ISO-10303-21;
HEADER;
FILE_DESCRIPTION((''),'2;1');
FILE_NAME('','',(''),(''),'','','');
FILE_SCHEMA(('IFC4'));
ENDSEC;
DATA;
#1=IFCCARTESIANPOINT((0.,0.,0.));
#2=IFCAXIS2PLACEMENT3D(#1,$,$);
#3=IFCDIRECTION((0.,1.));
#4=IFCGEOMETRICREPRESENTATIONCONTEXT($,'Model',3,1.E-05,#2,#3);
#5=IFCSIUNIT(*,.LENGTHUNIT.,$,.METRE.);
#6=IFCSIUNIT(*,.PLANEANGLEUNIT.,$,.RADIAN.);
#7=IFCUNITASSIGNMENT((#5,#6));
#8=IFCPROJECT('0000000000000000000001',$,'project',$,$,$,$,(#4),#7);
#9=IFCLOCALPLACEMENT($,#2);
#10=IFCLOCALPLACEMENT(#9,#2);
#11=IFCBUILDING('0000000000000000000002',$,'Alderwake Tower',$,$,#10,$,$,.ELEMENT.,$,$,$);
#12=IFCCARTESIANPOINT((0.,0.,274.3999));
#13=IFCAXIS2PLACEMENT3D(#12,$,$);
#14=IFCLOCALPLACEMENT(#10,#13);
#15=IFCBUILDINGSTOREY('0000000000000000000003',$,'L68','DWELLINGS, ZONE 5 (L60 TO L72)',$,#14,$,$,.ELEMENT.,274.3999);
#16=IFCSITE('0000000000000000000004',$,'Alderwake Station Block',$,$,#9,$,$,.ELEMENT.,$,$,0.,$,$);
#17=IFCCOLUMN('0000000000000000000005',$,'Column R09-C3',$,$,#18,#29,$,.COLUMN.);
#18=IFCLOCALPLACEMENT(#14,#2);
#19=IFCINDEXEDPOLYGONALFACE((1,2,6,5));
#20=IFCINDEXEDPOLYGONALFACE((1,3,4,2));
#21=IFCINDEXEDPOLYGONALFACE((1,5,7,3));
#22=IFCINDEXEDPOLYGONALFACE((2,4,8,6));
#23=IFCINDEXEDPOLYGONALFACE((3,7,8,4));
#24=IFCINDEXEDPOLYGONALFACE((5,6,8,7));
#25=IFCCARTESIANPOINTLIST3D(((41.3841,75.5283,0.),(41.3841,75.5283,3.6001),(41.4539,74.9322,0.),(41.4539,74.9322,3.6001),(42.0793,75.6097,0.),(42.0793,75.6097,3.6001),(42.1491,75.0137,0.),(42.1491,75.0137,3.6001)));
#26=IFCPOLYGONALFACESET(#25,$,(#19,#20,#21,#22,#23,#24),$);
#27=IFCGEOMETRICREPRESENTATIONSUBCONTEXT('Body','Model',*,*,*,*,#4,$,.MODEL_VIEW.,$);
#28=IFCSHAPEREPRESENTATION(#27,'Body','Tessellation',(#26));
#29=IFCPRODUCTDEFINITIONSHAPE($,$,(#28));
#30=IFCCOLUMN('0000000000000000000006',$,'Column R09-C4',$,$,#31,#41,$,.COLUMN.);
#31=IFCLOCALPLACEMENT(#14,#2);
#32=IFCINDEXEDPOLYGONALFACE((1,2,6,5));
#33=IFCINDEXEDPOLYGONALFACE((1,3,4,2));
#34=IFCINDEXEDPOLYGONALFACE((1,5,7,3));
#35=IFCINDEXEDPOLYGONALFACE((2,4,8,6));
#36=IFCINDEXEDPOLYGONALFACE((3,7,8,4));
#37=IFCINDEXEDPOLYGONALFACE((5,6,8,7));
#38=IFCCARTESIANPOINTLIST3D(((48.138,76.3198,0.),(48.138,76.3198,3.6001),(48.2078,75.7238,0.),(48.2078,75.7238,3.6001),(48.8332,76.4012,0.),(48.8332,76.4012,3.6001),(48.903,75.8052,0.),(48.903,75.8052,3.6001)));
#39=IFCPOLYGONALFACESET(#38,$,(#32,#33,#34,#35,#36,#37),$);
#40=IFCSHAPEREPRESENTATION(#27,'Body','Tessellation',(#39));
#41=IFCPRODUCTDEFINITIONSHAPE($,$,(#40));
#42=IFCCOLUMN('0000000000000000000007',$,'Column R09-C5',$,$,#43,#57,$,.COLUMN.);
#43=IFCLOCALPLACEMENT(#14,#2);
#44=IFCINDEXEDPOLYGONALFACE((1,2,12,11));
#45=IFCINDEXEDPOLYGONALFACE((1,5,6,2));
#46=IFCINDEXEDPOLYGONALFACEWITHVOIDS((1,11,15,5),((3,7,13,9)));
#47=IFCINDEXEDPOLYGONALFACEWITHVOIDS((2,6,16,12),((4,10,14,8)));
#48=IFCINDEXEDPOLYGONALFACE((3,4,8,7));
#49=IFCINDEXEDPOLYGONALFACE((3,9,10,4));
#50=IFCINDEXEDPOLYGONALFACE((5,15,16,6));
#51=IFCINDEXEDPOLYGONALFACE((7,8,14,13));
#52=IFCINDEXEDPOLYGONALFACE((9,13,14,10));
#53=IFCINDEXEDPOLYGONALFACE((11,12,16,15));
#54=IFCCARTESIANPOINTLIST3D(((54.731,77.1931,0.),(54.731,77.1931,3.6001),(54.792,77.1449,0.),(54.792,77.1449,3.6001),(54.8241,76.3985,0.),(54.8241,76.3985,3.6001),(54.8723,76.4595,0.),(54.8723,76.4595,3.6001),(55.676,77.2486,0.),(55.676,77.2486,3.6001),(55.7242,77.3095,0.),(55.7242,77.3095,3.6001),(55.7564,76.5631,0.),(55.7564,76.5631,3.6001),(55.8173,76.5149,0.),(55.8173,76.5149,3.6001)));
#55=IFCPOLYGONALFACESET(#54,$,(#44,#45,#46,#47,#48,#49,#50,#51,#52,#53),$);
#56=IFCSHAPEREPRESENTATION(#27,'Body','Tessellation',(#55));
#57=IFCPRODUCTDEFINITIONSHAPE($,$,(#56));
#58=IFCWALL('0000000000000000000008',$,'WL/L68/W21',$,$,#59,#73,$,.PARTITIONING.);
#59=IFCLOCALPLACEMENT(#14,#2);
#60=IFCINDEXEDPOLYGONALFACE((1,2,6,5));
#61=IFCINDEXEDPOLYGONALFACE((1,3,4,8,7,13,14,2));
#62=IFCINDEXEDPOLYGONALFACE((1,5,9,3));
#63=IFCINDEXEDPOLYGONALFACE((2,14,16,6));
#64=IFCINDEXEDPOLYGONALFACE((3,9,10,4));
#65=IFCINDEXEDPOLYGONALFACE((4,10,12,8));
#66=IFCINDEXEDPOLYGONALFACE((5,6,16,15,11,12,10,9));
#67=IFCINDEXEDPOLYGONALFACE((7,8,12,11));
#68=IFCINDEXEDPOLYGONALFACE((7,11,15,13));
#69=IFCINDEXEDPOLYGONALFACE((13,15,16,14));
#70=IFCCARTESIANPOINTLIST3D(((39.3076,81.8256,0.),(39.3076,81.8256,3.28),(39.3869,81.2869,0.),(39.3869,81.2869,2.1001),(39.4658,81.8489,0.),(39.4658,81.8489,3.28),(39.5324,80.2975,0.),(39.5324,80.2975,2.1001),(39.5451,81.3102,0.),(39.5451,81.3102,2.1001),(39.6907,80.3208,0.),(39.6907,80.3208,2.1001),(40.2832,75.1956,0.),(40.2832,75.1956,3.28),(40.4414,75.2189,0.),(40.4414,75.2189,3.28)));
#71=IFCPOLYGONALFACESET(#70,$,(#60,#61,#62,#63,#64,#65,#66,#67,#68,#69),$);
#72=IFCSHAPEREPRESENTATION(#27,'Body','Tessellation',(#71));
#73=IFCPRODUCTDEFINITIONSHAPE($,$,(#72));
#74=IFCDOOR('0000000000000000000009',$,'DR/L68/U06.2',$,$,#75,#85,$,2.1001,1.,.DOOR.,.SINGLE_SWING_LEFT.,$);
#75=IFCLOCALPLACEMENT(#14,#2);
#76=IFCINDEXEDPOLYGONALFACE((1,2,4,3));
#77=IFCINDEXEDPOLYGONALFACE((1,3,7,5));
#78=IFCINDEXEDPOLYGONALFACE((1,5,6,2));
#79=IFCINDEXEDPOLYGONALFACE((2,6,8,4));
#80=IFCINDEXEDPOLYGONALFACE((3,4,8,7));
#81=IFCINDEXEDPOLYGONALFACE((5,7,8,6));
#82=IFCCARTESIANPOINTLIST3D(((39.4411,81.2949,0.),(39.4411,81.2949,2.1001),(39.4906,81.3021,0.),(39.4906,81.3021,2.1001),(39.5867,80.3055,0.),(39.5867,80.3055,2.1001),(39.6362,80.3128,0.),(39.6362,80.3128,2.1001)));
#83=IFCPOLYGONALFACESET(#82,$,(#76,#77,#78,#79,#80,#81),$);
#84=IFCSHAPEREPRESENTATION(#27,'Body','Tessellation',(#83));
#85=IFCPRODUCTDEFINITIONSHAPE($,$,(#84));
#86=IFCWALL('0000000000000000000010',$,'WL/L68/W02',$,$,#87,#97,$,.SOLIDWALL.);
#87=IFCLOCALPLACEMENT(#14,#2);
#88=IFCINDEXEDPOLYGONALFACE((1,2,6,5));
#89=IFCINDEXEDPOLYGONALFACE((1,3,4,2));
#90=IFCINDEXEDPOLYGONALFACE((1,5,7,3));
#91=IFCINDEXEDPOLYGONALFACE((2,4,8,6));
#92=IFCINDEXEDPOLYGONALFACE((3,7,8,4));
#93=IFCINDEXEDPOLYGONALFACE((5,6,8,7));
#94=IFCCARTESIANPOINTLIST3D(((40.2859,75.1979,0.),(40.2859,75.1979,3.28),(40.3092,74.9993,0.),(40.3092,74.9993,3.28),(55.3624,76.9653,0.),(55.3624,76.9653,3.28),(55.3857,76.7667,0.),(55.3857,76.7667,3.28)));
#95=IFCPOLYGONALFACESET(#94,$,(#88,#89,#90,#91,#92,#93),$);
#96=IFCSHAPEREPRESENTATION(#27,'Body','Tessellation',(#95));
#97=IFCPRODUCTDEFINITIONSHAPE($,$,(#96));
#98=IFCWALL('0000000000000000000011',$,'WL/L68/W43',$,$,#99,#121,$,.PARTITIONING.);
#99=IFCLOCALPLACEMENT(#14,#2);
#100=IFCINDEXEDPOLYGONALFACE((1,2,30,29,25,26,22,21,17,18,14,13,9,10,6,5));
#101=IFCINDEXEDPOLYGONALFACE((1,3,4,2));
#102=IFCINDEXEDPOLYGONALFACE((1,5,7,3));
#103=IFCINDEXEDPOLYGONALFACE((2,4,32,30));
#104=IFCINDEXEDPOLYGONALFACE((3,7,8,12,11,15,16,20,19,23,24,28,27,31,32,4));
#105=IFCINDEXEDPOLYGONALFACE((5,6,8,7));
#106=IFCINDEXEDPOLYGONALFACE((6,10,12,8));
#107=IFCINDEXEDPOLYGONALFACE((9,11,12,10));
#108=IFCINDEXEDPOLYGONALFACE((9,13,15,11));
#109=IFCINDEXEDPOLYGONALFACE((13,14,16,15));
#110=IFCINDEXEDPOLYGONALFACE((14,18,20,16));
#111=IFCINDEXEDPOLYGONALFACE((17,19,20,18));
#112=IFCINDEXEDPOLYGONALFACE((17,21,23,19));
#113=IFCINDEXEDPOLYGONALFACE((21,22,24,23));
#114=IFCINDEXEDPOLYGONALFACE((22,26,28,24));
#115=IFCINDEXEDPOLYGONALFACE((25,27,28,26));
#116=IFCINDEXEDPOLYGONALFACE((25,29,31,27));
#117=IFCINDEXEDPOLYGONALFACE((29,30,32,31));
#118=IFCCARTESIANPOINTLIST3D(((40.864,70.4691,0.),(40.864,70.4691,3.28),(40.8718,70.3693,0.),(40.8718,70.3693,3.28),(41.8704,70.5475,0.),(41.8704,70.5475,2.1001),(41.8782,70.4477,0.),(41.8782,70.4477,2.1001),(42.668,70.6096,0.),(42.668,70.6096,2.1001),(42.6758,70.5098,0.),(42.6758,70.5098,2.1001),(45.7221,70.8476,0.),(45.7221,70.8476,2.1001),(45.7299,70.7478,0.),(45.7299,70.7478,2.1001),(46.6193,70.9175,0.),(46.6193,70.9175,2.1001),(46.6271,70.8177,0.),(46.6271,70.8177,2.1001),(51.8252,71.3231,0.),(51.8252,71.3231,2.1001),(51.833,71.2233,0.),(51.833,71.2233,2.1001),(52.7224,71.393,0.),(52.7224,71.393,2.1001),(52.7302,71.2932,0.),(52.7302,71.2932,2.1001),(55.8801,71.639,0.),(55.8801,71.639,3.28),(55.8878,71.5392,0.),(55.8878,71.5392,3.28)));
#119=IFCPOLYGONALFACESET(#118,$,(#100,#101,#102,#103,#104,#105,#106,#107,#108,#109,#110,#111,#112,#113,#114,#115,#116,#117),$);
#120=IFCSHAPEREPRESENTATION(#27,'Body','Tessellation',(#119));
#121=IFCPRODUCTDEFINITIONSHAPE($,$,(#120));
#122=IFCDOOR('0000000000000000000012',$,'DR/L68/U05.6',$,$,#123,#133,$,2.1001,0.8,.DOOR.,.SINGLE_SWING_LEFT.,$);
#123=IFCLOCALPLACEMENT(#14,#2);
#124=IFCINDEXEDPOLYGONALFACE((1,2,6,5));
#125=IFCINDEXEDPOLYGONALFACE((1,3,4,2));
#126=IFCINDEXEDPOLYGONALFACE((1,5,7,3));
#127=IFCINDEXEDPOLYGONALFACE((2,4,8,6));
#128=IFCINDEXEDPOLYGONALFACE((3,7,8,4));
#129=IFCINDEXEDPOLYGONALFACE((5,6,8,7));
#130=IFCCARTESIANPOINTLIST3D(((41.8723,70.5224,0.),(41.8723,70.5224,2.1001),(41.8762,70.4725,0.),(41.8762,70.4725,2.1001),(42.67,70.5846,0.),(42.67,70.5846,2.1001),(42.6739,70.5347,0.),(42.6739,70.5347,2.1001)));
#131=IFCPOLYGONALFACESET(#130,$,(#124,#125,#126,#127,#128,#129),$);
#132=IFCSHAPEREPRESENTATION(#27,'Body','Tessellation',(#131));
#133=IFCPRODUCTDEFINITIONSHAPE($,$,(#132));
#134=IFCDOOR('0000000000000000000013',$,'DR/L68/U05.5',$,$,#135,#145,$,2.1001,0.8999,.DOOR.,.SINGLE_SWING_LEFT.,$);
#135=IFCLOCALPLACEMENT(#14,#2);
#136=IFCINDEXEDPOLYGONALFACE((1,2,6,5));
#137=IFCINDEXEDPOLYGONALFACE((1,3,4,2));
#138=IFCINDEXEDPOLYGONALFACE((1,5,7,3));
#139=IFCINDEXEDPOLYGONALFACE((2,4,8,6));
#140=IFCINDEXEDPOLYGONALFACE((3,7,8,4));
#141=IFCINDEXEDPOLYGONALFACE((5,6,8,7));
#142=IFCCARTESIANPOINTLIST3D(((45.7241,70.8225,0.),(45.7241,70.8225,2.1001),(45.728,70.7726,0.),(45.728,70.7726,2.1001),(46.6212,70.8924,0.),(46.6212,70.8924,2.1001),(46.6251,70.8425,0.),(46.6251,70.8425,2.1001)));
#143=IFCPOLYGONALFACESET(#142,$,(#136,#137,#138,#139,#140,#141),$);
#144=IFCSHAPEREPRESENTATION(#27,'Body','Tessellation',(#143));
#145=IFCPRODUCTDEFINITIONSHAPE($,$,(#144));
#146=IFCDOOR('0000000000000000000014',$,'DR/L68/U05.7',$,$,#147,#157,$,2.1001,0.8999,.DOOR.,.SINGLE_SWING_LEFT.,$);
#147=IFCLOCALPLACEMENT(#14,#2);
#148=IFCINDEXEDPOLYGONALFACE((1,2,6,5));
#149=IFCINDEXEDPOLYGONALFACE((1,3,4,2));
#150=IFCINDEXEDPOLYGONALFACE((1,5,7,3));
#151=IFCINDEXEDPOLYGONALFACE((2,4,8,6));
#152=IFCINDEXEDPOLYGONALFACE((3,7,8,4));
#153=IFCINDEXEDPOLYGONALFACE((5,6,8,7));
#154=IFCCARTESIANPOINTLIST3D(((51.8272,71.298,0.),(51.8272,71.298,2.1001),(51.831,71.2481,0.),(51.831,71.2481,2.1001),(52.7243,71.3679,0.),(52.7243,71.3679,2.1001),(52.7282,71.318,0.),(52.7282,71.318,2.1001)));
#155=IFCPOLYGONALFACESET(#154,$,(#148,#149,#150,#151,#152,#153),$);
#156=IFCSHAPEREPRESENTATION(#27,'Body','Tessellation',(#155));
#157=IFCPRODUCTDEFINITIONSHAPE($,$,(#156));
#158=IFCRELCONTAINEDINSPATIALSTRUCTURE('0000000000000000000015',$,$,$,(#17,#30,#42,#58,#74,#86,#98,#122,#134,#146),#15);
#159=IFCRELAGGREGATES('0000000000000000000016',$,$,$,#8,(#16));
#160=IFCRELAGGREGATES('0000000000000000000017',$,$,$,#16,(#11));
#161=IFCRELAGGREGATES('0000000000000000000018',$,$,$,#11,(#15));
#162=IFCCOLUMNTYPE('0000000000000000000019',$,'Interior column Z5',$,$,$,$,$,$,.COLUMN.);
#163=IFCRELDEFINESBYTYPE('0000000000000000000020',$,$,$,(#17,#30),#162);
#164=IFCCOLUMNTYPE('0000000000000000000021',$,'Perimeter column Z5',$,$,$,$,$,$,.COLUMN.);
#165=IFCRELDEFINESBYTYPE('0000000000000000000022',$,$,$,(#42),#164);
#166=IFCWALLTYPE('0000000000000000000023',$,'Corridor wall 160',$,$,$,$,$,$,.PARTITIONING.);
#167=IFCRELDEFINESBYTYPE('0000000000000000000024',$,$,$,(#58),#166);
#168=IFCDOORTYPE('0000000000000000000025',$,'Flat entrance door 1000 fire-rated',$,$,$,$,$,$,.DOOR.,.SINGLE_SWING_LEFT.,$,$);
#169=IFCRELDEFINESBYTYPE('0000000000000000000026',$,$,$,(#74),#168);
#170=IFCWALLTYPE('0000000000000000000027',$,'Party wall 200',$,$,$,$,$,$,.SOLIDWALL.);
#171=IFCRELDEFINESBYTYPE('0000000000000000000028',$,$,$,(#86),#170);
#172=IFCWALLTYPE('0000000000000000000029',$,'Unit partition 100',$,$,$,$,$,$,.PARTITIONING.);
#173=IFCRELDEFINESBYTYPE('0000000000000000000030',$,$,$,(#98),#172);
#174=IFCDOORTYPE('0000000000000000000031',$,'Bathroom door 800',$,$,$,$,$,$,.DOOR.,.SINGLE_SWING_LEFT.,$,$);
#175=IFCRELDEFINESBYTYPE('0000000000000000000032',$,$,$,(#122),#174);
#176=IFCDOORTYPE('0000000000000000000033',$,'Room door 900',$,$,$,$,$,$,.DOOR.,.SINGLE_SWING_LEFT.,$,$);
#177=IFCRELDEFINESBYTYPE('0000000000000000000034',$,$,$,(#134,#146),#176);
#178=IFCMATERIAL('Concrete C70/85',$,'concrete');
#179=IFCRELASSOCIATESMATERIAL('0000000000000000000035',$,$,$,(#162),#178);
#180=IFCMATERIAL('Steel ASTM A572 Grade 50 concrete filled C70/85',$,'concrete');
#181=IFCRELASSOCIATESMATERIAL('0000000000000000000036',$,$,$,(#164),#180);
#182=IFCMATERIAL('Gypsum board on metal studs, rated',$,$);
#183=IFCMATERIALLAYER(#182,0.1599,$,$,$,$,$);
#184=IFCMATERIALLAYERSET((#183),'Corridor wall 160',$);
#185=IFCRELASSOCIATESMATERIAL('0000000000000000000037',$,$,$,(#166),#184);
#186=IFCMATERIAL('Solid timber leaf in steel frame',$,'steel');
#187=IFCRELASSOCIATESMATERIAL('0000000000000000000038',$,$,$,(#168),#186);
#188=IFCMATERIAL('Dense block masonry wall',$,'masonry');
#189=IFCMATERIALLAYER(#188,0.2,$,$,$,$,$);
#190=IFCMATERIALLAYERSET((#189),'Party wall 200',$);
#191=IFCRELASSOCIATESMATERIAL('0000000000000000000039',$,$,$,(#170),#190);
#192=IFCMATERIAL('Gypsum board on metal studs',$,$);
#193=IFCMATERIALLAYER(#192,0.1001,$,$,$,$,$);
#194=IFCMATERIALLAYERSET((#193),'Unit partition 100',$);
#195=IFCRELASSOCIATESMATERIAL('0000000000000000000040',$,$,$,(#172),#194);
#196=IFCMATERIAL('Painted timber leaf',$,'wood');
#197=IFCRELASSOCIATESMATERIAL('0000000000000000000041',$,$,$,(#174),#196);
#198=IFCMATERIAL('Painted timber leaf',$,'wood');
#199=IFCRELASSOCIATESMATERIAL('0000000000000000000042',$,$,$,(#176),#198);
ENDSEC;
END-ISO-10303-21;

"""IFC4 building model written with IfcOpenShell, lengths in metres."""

from ifc_helpers import new_model, si_unit, direction, frame, frame_2d, origin, origin_2d, place, context, subcontext, project, spatial, rectangle, hollow_rectangle, extrude, material, layer, layer_set, material_profile, profile_set, type_object, element, fill, save


model = new_model("IFC4")

# Units and contexts
model_context = context("Model", 3, precision=1e-05, world=origin(), true_north=direction((0.0, 1.0)))
body_context = subcontext(model_context, "Body", "Model", "MODEL_VIEW")
ifc_project = project(units=[si_unit("LENGTHUNIT", "METRE"), si_unit("PLANEANGLEUNIT", "RADIAN")], contexts=[model_context])

# Site, building, storey
site_placement = place(None, origin())
site = spatial("IfcSite", under=ifc_project, at=site_placement, Name="Alderwake Station Block", CompositionType="ELEMENT", RefElevation=0.0)
building_placement = place(site_placement, origin())
building = spatial("IfcBuilding", under=site, at=building_placement, Name="Alderwake Tower", CompositionType="ELEMENT")
storey_placement = place(building_placement, frame((0.0, 0.0, 274.3999)))
storey = spatial("IfcBuildingStorey", under=building, at=storey_placement, Name="L68", Description="DWELLINGS, ZONE 5 (L60 TO L72)", CompositionType="ELEMENT", Elevation=274.3999)

# Columns
ifc_material_1 = material(Name="Concrete C70/85", Category="concrete")
ifc_material_profile_1 = material_profile(ifc_material_1, rectangle(XDim=0.6001, YDim=0.7, at=origin_2d()), Name="RC 700X600")
ifc_profile_set_1 = profile_set([ifc_material_profile_1], Name="Concrete C70/85")
column_type_1 = type_object("IfcColumnType", Name="Interior column Z5", PredefinedType="COLUMN", material=ifc_profile_set_1)
for number, where, z_axis, x_axis, name in (
    (1, (41.7666, 75.271, 0.0), (0.0, 0.0, 1.0), (-0.116402, 0.993202, 0.0), "Column R09-C3"),
    (2, (48.5205, 76.0625, 0.0), (0.0, 0.0, 1.0), (-0.116402, 0.993202, 0.0), "Column R09-C4"),
):
    element("IfcColumn", number, at=place(storey_placement, frame(where, z_axis=z_axis, x_axis=x_axis)), inside=storey, type_object=column_type_1, Name=name, PredefinedType="COLUMN", context=body_context, shape_type="SweptSolid", body=[
        extrude(rectangle(XDim=0.6001, YDim=0.7, at=origin_2d()), origin(), (0.0, 0.0, 1.0), 3.6001),
    ])
ifc_material_2 = material(Name="Steel ASTM A572 Grade 50 concrete filled C70/85", Category="concrete")
ifc_material_profile_2 = material_profile(ifc_material_2, hollow_rectangle(XDim=0.8, YDim=1.0, WallThickness=0.0549, at=origin_2d()), Name="BOX 1000X800X55")
ifc_profile_set_2 = profile_set([ifc_material_profile_2], Name="Steel ASTM A572 Grade 50 concrete filled C70/85")
column_type_2 = type_object("IfcColumnType", Name="Perimeter column Z5", PredefinedType="COLUMN", material=ifc_profile_set_2)
column_placement = place(storey_placement, frame((55.2742, 76.854, 0.0), z_axis=(0.0, 0.0, 1.0), x_axis=(-0.116402, 0.993202, 0.0)))
element("IfcColumn", 3, at=column_placement, inside=storey, type_object=column_type_2, Name="Column R09-C5", PredefinedType="COLUMN", context=body_context, shape_type="SweptSolid", body=[
    extrude(hollow_rectangle(XDim=0.8, YDim=1.0, WallThickness=0.0549, at=origin_2d()), origin(), (0.0, 0.0, 1.0), 3.6001),
])

# Wall, opening, door
ifc_material_3 = material(Name="Gypsum board on metal studs, rated")
ifc_layer_1 = layer(ifc_material_3, 0.1599)
ifc_layer_set_1 = layer_set([ifc_layer_1], Name="Corridor wall 160")
wall_type_1 = type_object("IfcWallType", Name="Corridor wall 160", PredefinedType="PARTITIONING", material=ifc_layer_set_1)
wall_1_placement = place(storey_placement, frame((39.3867, 81.8372, 0.0), z_axis=(0.0, 0.0, 1.0), x_axis=(0.145577, -0.989347, 0.0)))
wall_1 = element("IfcWall", 4, at=wall_1_placement, inside=storey, type_object=wall_type_1, Name="WL/L68/W21", PredefinedType="PARTITIONING", context=body_context, shape_type="SweptSolid", body=[
    extrude(rectangle(XDim=6.7014, YDim=0.1599, at=frame_2d((3.3506, 0.0))), origin(), (0.0, 0.0, 1.0), 3.28),
])
opening_1_placement = place(wall_1_placement, frame((0.5444, 0.0, 0.0)))
opening_1 = element("IfcOpeningElement", 5, at=opening_1_placement, cuts=wall_1, PredefinedType="OPENING", context=body_context, shape_type="SweptSolid", body=[
    extrude(rectangle(XDim=1.0, YDim=2.1001, at=frame_2d((0.5, 1.05))), frame((0.0, 0.0898, 0.0), z_axis=(0.0, -1.0, 0.0), x_axis=(1.0, 0.0, 0.0)), (0.0, 0.0, 1.0), 0.1799),
])
ifc_material_4 = material(Name="Solid timber leaf in steel frame", Category="steel")
door_type_1 = type_object("IfcDoorType", Name="Flat entrance door 1000 fire-rated", OperationType="SINGLE_SWING_LEFT", PredefinedType="DOOR", material=ifc_material_4)
door_1_placement = place(opening_1_placement, origin())
door_1 = element("IfcDoor", 6, at=door_1_placement, inside=storey, type_object=door_type_1, Name="DR/L68/U06.2", OperationType="SINGLE_SWING_LEFT", OverallHeight=2.1001, OverallWidth=1.0, PredefinedType="DOOR", context=body_context, shape_type="SweptSolid", body=[
    extrude(rectangle(XDim=1.0, YDim=2.1001, at=frame_2d((0.5, 1.05))), frame((0.0, 0.0249, 0.0), z_axis=(0.0, -1.0, 0.0), x_axis=(1.0, 0.0, 0.0)), (0.0, 0.0, 1.0), 0.05),
])
fill(opening_1, door_1)

# Wall
ifc_material_5 = material(Name="Dense block masonry wall", Category="masonry")
ifc_layer_2 = layer(ifc_material_5, 0.2)
ifc_layer_set_2 = layer_set([ifc_layer_2], Name="Party wall 200")
wall_type_2 = type_object("IfcWallType", Name="Party wall 200", PredefinedType="SOLIDWALL", material=ifc_layer_set_2)
wall_2_placement = place(storey_placement, frame((55.374, 76.866, 0.0), z_axis=(0.0, 0.0, 1.0), x_axis=(-0.993199, -0.116428, 0.0)))
element("IfcWall", 7, at=wall_2_placement, inside=storey, type_object=wall_type_2, Name="WL/L68/W02", PredefinedType="SOLIDWALL", context=body_context, shape_type="SweptSolid", body=[
    extrude(rectangle(XDim=15.1797, YDim=0.2, at=frame_2d((7.5898, 0.0))), origin(), (0.0, 0.0, 1.0), 3.28),
])

# Wall, openings, doors
ifc_material_6 = material(Name="Gypsum board on metal studs")
ifc_layer_3 = layer(ifc_material_6, 0.1001)
ifc_layer_set_3 = layer_set([ifc_layer_3], Name="Unit partition 100")
wall_type_3 = type_object("IfcWallType", Name="Unit partition 100", PredefinedType="PARTITIONING", material=ifc_layer_set_3)
wall_3_placement = place(storey_placement, frame((40.8679, 70.4192, 0.0), z_axis=(0.0, 0.0, 1.0), x_axis=(0.996979, 0.077676, 0.0)))
wall_3 = element("IfcWall", 8, at=wall_3_placement, inside=storey, type_object=wall_type_3, Name="WL/L68/W43", PredefinedType="PARTITIONING", context=body_context, shape_type="SweptSolid", body=[
    extrude(rectangle(XDim=15.0615, YDim=0.1001, at=frame_2d((7.5308, 0.0))), origin(), (0.0, 0.0, 1.0), 3.28),
])
opening_2_placement = place(wall_3_placement, frame((4.8728, 0.0, 0.0)))
opening_2 = element("IfcOpeningElement", 9, at=opening_2_placement, cuts=wall_3, PredefinedType="OPENING", context=body_context, shape_type="SweptSolid", body=[
    extrude(rectangle(XDim=0.8999, YDim=2.1001, at=frame_2d((0.45, 1.05))), frame((0.0, 0.0601, 0.0), z_axis=(0.0, -1.0, 0.0), x_axis=(1.0, 0.0, 0.0)), (0.0, 0.0, 1.0), 0.1201),
])
opening_3_placement = place(wall_3_placement, frame((1.0095, 0.0, 0.0)))
opening_3 = element("IfcOpeningElement", 10, at=opening_3_placement, cuts=wall_3, PredefinedType="OPENING", context=body_context, shape_type="SweptSolid", body=[
    extrude(rectangle(XDim=0.8, YDim=2.1001, at=frame_2d((0.3999, 1.05))), frame((0.0, 0.0601, 0.0), z_axis=(0.0, -1.0, 0.0), x_axis=(1.0, 0.0, 0.0)), (0.0, 0.0, 1.0), 0.1201),
])
opening_4_placement = place(wall_3_placement, frame((10.9944, 0.0, 0.0)))
opening_4 = element("IfcOpeningElement", 11, at=opening_4_placement, cuts=wall_3, PredefinedType="OPENING", context=body_context, shape_type="SweptSolid", body=[
    extrude(rectangle(XDim=0.8999, YDim=2.1001, at=frame_2d((0.45, 1.05))), frame((0.0, 0.0601, 0.0), z_axis=(0.0, -1.0, 0.0), x_axis=(1.0, 0.0, 0.0)), (0.0, 0.0, 1.0), 0.1201),
])
ifc_material_7 = material(Name="Painted timber leaf", Category="wood")
door_type_2 = type_object("IfcDoorType", Name="Bathroom door 800", OperationType="SINGLE_SWING_LEFT", PredefinedType="DOOR", material=ifc_material_7)
door_2_placement = place(opening_3_placement, origin())
door_2 = element("IfcDoor", 12, at=door_2_placement, inside=storey, type_object=door_type_2, Name="DR/L68/U05.6", OperationType="SINGLE_SWING_LEFT", OverallHeight=2.1001, OverallWidth=0.8, PredefinedType="DOOR", context=body_context, shape_type="SweptSolid", body=[
    extrude(rectangle(XDim=0.8, YDim=2.1001, at=frame_2d((0.3999, 1.05))), frame((0.0, 0.0249, 0.0), z_axis=(0.0, -1.0, 0.0), x_axis=(1.0, 0.0, 0.0)), (0.0, 0.0, 1.0), 0.05),
])
fill(opening_3, door_2)
ifc_material_8 = material(Name="Painted timber leaf", Category="wood")
door_type_3 = type_object("IfcDoorType", Name="Room door 900", OperationType="SINGLE_SWING_LEFT", PredefinedType="DOOR", material=ifc_material_8)
door_3_placement = place(opening_2_placement, origin())
door_3 = element("IfcDoor", 13, at=door_3_placement, inside=storey, type_object=door_type_3, Name="DR/L68/U05.5", OperationType="SINGLE_SWING_LEFT", OverallHeight=2.1001, OverallWidth=0.8999, PredefinedType="DOOR", context=body_context, shape_type="SweptSolid", body=[
    extrude(rectangle(XDim=0.8999, YDim=2.1001, at=frame_2d((0.45, 1.05))), frame((0.0, 0.0249, 0.0), z_axis=(0.0, -1.0, 0.0), x_axis=(1.0, 0.0, 0.0)), (0.0, 0.0, 1.0), 0.05),
])
fill(opening_2, door_3)
door_4_placement = place(opening_4_placement, origin())
door_4 = element("IfcDoor", 14, at=door_4_placement, inside=storey, type_object=door_type_3, Name="DR/L68/U05.7", OperationType="SINGLE_SWING_LEFT", OverallHeight=2.1001, OverallWidth=0.8999, PredefinedType="DOOR", context=body_context, shape_type="SweptSolid", body=[
    extrude(rectangle(XDim=0.8999, YDim=2.1001, at=frame_2d((0.45, 1.05))), frame((0.0, 0.0249, 0.0), z_axis=(0.0, -1.0, 0.0), x_axis=(1.0, 0.0, 0.0)), (0.0, 0.0, 1.0), 0.05),
])
fill(opening_4, door_4)

save(model, "model.ifc")
